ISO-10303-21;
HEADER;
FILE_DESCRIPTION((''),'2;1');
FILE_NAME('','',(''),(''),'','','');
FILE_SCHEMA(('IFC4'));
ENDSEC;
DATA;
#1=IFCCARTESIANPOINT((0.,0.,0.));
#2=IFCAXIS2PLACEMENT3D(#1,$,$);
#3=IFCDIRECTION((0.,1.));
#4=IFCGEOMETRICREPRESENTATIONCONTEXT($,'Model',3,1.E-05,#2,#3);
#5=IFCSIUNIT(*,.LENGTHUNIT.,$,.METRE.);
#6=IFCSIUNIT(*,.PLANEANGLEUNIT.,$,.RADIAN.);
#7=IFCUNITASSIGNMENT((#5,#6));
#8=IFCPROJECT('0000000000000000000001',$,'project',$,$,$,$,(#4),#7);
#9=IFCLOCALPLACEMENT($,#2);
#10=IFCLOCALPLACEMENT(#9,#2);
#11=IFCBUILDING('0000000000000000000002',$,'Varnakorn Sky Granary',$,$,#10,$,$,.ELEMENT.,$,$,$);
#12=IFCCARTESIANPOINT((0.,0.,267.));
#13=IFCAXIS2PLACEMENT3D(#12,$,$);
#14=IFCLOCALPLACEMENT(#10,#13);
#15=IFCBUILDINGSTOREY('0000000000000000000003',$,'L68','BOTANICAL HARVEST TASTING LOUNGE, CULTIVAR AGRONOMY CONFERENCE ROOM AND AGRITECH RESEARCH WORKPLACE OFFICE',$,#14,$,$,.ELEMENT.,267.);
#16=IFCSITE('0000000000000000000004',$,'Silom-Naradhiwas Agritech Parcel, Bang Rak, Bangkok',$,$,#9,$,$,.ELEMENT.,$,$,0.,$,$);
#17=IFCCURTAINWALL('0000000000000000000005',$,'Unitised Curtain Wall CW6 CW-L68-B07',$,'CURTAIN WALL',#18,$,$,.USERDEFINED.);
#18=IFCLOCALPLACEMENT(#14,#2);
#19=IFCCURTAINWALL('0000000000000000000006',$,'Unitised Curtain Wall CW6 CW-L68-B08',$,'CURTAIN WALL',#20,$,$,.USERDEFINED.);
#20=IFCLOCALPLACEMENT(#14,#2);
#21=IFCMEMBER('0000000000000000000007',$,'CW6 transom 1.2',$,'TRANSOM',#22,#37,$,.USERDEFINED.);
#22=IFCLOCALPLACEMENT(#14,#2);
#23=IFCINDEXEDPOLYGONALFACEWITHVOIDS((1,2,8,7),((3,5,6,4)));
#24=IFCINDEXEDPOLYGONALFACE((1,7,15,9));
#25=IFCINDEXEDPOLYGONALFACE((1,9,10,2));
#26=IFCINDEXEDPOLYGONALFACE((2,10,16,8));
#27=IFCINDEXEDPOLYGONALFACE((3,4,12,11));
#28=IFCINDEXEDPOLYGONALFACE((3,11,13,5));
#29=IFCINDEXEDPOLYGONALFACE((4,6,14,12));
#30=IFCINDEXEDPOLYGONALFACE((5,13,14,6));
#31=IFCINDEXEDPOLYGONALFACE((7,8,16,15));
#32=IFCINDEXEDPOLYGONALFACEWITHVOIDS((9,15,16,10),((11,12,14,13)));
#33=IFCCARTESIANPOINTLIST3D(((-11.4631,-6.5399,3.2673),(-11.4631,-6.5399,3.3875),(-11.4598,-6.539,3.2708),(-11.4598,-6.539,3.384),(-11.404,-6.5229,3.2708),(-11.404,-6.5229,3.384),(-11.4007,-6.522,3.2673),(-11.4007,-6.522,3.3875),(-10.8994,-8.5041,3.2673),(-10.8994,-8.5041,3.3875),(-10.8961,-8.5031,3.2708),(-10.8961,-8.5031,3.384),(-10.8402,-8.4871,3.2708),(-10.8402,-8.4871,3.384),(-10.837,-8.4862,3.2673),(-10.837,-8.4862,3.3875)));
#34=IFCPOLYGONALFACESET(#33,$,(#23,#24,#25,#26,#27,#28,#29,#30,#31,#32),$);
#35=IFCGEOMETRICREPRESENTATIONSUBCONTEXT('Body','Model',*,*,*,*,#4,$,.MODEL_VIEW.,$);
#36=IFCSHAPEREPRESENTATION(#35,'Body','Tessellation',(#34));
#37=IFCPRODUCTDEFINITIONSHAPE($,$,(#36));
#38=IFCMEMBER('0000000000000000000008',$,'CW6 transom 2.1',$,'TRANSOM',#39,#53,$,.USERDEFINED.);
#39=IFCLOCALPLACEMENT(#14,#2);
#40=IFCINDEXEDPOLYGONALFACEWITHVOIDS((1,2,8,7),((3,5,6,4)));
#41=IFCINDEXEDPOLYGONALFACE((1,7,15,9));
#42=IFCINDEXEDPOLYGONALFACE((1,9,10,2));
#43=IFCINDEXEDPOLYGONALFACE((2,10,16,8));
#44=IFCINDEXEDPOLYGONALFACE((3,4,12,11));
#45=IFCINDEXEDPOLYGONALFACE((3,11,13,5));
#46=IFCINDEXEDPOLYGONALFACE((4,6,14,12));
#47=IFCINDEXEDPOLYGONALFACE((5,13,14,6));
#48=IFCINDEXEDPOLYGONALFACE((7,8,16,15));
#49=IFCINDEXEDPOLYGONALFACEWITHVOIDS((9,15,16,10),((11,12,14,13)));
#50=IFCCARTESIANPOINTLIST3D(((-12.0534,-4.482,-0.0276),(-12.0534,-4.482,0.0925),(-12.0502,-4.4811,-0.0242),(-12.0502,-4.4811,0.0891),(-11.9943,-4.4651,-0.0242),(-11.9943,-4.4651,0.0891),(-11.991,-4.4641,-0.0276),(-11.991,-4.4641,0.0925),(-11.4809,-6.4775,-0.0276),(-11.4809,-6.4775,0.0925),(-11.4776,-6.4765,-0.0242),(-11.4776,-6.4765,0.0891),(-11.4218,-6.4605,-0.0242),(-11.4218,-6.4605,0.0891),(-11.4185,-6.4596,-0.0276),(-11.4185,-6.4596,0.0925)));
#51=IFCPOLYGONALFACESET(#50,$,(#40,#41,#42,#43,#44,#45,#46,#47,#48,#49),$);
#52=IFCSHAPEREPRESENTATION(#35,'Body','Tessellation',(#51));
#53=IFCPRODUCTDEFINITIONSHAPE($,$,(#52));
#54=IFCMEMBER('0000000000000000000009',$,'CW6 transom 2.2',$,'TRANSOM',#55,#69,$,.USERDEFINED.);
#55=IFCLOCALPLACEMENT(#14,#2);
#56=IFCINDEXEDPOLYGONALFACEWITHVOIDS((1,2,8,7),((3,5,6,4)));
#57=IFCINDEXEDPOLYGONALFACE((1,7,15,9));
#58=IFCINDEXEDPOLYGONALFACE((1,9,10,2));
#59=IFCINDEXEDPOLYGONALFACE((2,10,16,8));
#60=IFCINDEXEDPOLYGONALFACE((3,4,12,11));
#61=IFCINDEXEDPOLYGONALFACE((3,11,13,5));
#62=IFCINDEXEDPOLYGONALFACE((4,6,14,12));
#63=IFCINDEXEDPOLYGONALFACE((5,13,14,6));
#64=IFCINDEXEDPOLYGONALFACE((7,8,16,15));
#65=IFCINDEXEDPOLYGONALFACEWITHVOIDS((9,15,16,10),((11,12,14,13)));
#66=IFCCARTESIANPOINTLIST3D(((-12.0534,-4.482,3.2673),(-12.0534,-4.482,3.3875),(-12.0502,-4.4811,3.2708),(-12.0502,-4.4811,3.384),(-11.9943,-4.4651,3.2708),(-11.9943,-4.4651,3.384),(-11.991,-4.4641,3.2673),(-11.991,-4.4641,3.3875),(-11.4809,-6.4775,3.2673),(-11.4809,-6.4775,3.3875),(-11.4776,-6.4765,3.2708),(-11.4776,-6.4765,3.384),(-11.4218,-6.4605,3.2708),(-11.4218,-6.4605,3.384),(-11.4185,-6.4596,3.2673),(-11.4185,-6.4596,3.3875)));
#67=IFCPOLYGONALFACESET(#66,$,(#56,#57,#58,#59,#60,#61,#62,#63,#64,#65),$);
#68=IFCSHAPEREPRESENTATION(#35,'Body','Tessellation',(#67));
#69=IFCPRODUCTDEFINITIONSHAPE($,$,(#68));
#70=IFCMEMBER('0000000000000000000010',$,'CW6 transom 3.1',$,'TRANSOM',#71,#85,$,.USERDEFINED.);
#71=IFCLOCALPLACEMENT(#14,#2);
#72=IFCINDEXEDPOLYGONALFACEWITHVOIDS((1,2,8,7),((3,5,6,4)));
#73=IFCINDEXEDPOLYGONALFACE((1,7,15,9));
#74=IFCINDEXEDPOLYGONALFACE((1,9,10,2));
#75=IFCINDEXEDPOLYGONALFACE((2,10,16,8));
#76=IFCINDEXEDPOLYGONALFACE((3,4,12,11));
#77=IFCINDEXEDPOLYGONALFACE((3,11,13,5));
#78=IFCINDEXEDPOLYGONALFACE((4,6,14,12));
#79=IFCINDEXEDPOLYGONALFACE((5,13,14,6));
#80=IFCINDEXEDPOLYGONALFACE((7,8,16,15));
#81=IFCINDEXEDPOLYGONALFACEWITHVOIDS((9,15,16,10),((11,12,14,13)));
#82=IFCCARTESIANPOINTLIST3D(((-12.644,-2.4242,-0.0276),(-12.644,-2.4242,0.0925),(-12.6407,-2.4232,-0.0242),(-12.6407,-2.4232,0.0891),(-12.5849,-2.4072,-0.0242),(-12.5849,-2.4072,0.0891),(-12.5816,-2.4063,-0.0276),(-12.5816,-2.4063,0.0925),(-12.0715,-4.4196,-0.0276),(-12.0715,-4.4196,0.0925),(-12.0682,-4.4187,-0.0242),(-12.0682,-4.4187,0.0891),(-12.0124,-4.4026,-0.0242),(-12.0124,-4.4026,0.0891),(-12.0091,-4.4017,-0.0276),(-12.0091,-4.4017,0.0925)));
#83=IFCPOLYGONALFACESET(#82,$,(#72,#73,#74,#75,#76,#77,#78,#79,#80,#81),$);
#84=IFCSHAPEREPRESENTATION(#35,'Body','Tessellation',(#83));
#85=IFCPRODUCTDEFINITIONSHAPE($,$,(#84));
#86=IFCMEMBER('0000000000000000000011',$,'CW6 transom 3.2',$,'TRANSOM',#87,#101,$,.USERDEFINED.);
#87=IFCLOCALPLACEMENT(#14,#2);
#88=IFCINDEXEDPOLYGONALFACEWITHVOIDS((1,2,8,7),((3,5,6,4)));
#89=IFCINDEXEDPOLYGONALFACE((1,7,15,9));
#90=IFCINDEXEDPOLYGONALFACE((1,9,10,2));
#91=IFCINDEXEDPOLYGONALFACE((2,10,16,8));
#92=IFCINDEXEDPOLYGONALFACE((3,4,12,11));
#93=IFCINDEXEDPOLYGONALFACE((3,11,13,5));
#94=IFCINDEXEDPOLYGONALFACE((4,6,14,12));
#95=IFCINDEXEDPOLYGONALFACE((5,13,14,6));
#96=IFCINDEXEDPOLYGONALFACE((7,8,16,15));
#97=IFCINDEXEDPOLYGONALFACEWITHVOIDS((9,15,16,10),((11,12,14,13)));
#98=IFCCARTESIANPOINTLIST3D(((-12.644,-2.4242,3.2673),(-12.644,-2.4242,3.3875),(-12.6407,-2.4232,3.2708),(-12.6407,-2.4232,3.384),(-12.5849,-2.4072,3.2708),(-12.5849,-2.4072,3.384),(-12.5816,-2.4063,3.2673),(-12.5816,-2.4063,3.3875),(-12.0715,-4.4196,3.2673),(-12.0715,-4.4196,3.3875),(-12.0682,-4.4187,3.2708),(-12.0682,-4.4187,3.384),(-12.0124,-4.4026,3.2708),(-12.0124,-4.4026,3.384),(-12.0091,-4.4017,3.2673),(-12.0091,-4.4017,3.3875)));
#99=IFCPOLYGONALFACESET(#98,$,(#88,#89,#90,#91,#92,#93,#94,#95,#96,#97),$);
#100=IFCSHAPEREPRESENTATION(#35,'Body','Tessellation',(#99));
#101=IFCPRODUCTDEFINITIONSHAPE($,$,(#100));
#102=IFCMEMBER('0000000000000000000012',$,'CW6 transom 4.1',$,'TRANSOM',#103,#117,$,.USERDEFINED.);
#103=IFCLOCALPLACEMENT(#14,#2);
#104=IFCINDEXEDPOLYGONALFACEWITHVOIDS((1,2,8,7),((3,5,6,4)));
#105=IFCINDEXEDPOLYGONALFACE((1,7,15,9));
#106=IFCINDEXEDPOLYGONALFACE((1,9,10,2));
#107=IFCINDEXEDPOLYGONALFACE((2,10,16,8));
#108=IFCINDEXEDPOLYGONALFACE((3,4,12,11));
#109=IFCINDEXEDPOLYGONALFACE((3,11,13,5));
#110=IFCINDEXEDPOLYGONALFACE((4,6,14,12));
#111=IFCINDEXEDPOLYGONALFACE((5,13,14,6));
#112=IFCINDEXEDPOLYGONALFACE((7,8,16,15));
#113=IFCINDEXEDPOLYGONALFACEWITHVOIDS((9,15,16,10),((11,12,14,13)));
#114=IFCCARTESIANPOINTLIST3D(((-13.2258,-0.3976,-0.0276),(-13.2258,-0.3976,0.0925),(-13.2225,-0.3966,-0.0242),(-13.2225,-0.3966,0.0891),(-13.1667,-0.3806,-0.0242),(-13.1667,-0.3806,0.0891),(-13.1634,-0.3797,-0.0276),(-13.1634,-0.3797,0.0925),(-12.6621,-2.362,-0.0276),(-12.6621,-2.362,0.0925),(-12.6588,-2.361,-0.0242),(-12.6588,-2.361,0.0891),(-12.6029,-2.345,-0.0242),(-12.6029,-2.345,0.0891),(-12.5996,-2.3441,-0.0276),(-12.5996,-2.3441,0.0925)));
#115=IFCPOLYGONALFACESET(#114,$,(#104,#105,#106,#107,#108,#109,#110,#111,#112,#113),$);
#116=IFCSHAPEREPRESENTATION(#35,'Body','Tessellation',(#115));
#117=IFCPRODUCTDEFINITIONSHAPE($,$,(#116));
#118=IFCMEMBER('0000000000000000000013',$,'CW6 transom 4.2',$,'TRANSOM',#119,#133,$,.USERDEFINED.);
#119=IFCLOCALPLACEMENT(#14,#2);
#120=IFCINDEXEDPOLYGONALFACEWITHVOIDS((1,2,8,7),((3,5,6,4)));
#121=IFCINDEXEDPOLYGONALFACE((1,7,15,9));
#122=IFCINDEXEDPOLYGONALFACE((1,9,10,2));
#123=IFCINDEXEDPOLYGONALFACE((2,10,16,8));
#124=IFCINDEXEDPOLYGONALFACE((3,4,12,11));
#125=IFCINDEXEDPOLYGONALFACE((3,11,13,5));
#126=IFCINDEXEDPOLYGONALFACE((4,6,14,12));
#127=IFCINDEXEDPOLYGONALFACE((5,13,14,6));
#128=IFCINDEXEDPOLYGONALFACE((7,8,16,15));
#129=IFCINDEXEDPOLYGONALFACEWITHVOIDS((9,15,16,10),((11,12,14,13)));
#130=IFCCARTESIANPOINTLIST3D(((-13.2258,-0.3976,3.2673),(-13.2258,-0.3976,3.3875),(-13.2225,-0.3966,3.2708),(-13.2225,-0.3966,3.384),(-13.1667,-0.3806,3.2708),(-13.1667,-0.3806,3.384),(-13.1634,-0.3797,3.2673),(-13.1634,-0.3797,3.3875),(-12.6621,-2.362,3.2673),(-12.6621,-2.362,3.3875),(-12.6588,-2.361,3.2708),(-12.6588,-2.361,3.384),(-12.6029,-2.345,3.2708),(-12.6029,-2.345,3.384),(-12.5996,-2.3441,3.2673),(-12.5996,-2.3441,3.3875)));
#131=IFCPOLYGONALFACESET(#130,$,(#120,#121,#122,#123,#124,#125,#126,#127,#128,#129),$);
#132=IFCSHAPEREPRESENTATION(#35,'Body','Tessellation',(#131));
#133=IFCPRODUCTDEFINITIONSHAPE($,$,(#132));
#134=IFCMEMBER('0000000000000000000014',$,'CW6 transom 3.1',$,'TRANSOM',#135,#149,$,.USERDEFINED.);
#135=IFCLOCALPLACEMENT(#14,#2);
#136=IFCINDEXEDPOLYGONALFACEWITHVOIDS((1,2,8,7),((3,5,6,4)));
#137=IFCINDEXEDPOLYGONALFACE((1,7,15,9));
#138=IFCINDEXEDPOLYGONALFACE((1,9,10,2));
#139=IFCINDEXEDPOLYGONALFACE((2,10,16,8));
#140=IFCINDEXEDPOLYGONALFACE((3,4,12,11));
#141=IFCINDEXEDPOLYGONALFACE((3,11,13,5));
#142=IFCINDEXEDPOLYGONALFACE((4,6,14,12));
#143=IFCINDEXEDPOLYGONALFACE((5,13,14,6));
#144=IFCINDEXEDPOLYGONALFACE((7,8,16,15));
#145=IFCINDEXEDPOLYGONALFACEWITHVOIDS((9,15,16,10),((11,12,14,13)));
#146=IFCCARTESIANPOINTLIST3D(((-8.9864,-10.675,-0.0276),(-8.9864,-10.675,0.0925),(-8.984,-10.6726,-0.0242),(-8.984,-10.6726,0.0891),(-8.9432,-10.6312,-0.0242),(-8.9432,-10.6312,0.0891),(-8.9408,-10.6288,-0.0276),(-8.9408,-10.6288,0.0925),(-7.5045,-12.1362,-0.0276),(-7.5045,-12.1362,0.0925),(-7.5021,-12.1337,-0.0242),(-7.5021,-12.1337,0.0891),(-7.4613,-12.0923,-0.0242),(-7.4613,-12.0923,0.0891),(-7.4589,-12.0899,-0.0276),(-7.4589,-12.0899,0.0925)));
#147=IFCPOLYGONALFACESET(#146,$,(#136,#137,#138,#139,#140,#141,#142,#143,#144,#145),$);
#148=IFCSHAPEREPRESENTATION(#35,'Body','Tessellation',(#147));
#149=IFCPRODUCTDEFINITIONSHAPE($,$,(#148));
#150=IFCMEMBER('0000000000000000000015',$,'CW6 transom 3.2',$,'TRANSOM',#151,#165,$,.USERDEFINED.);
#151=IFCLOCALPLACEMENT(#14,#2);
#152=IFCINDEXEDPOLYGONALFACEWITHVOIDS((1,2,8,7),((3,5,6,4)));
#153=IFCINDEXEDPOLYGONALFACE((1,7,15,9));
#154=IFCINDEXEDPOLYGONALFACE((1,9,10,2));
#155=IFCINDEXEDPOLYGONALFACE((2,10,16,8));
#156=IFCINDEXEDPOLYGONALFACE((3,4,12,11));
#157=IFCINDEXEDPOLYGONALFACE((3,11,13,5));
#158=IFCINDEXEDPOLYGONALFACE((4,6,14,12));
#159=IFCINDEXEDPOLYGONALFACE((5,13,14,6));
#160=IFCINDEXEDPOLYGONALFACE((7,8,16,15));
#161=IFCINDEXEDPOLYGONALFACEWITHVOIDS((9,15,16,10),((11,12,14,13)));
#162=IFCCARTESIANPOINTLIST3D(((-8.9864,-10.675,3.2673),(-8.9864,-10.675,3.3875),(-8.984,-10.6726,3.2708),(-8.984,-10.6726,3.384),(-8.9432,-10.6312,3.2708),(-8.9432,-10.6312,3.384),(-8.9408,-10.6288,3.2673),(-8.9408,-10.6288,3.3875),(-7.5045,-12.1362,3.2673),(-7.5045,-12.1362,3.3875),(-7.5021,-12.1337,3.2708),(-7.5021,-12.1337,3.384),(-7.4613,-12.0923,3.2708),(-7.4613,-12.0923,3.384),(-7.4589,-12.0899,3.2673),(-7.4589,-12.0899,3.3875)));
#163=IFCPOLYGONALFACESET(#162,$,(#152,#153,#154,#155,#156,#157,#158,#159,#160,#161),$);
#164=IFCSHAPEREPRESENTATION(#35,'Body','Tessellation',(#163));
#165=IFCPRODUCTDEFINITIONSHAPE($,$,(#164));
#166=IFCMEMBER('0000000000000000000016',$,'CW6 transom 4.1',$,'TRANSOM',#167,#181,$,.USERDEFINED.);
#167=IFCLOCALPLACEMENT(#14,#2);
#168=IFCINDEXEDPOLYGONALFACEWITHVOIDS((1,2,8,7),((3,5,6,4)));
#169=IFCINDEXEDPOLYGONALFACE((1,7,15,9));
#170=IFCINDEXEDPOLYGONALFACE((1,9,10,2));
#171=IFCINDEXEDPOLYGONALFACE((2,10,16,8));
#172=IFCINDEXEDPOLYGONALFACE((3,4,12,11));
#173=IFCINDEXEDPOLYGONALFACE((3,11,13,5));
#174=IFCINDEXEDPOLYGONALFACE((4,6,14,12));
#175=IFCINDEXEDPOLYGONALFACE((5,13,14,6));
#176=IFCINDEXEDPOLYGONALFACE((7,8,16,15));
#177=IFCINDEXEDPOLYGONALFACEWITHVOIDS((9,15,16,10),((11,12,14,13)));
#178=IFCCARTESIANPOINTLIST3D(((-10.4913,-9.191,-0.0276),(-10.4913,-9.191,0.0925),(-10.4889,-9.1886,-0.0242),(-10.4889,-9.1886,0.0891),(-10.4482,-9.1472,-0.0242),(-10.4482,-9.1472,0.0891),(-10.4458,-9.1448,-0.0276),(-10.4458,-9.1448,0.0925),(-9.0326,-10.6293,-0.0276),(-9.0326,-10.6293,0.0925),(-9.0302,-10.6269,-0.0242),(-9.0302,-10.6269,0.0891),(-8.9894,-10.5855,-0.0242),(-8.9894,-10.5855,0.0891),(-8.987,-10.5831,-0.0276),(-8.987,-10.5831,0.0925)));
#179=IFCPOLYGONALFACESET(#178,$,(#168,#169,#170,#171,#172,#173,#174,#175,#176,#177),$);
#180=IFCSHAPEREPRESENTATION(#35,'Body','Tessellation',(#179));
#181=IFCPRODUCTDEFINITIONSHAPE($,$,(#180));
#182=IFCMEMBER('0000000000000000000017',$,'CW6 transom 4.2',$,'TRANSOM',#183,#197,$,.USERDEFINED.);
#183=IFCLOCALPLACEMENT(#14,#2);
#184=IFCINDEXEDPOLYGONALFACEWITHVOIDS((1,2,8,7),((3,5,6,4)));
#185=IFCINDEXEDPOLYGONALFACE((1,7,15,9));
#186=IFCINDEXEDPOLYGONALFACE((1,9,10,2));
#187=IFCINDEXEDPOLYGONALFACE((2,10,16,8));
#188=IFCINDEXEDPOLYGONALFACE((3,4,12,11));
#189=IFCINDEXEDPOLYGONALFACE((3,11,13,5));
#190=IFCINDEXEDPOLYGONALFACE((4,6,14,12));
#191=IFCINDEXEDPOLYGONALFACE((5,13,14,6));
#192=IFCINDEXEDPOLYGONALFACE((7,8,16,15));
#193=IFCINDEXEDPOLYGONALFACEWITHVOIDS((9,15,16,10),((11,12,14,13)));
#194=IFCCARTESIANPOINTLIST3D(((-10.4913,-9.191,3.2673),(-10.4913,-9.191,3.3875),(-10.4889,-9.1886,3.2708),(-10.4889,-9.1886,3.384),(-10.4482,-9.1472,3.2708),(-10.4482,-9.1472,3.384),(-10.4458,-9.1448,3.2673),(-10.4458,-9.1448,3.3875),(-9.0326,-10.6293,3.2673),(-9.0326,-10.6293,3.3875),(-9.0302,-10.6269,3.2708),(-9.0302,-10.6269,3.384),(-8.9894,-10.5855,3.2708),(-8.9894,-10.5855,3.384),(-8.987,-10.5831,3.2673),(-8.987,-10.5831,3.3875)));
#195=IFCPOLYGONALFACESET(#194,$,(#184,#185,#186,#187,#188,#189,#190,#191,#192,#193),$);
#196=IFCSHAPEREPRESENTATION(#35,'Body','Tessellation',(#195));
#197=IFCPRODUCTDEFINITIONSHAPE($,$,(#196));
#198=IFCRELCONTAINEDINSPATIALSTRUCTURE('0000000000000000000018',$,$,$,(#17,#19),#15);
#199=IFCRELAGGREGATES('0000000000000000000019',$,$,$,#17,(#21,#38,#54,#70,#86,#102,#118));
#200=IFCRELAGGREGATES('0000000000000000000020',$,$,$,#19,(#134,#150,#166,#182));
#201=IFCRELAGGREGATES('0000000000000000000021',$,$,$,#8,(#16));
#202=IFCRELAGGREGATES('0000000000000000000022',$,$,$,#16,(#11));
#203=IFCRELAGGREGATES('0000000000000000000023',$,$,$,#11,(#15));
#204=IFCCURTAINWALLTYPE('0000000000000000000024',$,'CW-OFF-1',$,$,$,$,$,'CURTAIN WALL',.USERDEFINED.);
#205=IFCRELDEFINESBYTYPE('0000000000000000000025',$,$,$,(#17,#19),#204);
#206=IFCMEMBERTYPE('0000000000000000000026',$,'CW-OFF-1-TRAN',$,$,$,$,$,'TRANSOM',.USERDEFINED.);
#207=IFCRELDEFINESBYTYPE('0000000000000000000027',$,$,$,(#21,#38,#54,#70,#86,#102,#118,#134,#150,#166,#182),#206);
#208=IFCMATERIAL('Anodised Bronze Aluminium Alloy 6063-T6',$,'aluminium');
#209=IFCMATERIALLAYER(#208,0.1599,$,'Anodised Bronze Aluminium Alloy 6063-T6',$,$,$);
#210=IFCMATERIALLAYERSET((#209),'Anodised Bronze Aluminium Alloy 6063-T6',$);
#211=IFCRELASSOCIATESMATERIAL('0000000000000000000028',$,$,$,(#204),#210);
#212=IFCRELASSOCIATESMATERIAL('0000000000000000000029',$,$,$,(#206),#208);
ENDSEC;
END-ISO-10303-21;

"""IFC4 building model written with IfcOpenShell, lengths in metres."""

from ifc_helpers import new_model, si_unit, direction, frame, origin, origin_2d, place, context, subcontext, project, spatial, hollow_rectangle, extrude, material, layer, layer_set, material_profile, profile_set, type_object, element, aggregate, save


model = new_model("IFC4")

# Units and contexts
model_context = context("Model", 3, precision=1e-05, world=origin(), true_north=direction((0.0, 1.0)))
body_context = subcontext(model_context, "Body", "Model", "MODEL_VIEW")
ifc_project = project(units=[si_unit("LENGTHUNIT", "METRE"), si_unit("PLANEANGLEUNIT", "RADIAN")], contexts=[model_context])

# Site, building, storey
site_placement = place(None, origin())
site = spatial("IfcSite", under=ifc_project, at=site_placement, Name="Silom-Naradhiwas Agritech Parcel, Bang Rak, Bangkok", CompositionType="ELEMENT", RefElevation=0.0)
building_placement = place(site_placement, origin())
building = spatial("IfcBuilding", under=site, at=building_placement, Name="Varnakorn Sky Granary", CompositionType="ELEMENT")
storey_placement = place(building_placement, frame((0.0, 0.0, 267.0)))
storey = spatial("IfcBuildingStorey", under=building, at=storey_placement, Name="L68", Description="BOTANICAL HARVEST TASTING LOUNGE, CULTIVAR AGRONOMY CONFERENCE ROOM AND AGRITECH RESEARCH WORKPLACE OFFICE", CompositionType="ELEMENT", Elevation=267.0)

# Curtain walls
ifc_material_1 = material(Name="Anodised Bronze Aluminium Alloy 6063-T6", Category="aluminium")
ifc_layer_1 = layer(ifc_material_1, 0.1599, Name="Anodised Bronze Aluminium Alloy 6063-T6")
ifc_layer_set_1 = layer_set([ifc_layer_1], Name="Anodised Bronze Aluminium Alloy 6063-T6")
curtain_wall_type = type_object("IfcCurtainWallType", Name="CW-OFF-1", ElementType="CURTAIN WALL", PredefinedType="USERDEFINED", material=ifc_layer_set_1)
curtain_wall_1_placement = place(storey_placement, origin())
curtain_wall_1 = element("IfcCurtainWall", 1, at=curtain_wall_1_placement, inside=storey, type_object=curtain_wall_type, Name="Unitised Curtain Wall CW6 CW-L68-B07", ObjectType="CURTAIN WALL", PredefinedType="USERDEFINED")
curtain_wall_2_placement = place(storey_placement, origin())
curtain_wall_2 = element("IfcCurtainWall", 2, at=curtain_wall_2_placement, inside=storey, type_object=curtain_wall_type, Name="Unitised Curtain Wall CW6 CW-L68-B08", ObjectType="CURTAIN WALL", PredefinedType="USERDEFINED")

# Members
ifc_material_profile_1 = material_profile(ifc_material_1, hollow_rectangle(XDim=0.0649, YDim=0.1201, WallThickness=0.0034, at=origin_2d()), Name="ALU TRAN 65x120")
ifc_profile_set_1 = profile_set([ifc_material_profile_1], Name="Anodised Bronze Aluminium Alloy 6063-T6")
member_type_1 = type_object("IfcMemberType", Name="CW-OFF-1-TRAN", ElementType="TRANSOM", PredefinedType="USERDEFINED", material=ifc_profile_set_1)
member_1_placement = place(storey_placement, frame((-10.8682, -8.4951, 3.3274), z_axis=(-0.275873, 0.961194, 0.0), x_axis=(-0.961194, -0.275873, 0.0)))
member_1 = element("IfcMember", 3, at=member_1_placement, type_object=member_type_1, Name="CW6 transom 1.2", ObjectType="TRANSOM", PredefinedType="USERDEFINED", context=body_context, shape_type="SweptSolid", body=[
    extrude(hollow_rectangle(XDim=0.0649, YDim=0.1201, WallThickness=0.0034, at=origin_2d()), origin(), (0.0, 0.0, 1.0), 2.0435),
])
member_2_placement = place(storey_placement, frame((-11.4497, -6.4685, 0.0325), z_axis=(-0.275793, 0.961217, 0.0), x_axis=(-0.961217, -0.275793, 0.0)))
member_2 = element("IfcMember", 4, at=member_2_placement, type_object=member_type_1, Name="CW6 transom 2.1", ObjectType="TRANSOM", PredefinedType="USERDEFINED", context=body_context, shape_type="SweptSolid", body=[
    extrude(hollow_rectangle(XDim=0.0649, YDim=0.1201, WallThickness=0.0034, at=origin_2d()), origin(), (0.0, 0.0, 1.0), 2.0759),
])
member_3_placement = place(storey_placement, frame((-11.4497, -6.4685, 3.3274), z_axis=(-0.275793, 0.961217, 0.0), x_axis=(-0.961217, -0.275793, 0.0)))
member_3 = element("IfcMember", 5, at=member_3_placement, type_object=member_type_1, Name="CW6 transom 2.2", ObjectType="TRANSOM", PredefinedType="USERDEFINED", context=body_context, shape_type="SweptSolid", body=[
    extrude(hollow_rectangle(XDim=0.0649, YDim=0.1201, WallThickness=0.0034, at=origin_2d()), origin(), (0.0, 0.0, 1.0), 2.0759),
])
member_4_placement = place(storey_placement, frame((-12.0403, -4.4106, 0.0325), z_axis=(-0.275793, 0.961217, 0.0), x_axis=(-0.961217, -0.275793, 0.0)))
member_4 = element("IfcMember", 6, at=member_4_placement, type_object=member_type_1, Name="CW6 transom 3.1", ObjectType="TRANSOM", PredefinedType="USERDEFINED", context=body_context, shape_type="SweptSolid", body=[
    extrude(hollow_rectangle(XDim=0.0649, YDim=0.1201, WallThickness=0.0034, at=origin_2d()), origin(), (0.0, 0.0, 1.0), 2.0759),
])
member_5_placement = place(storey_placement, frame((-12.0403, -4.4106, 3.3274), z_axis=(-0.275793, 0.961217, 0.0), x_axis=(-0.961217, -0.275793, 0.0)))
member_5 = element("IfcMember", 7, at=member_5_placement, type_object=member_type_1, Name="CW6 transom 3.2", ObjectType="TRANSOM", PredefinedType="USERDEFINED", context=body_context, shape_type="SweptSolid", body=[
    extrude(hollow_rectangle(XDim=0.0649, YDim=0.1201, WallThickness=0.0034, at=origin_2d()), origin(), (0.0, 0.0, 1.0), 2.0759),
])
member_6_placement = place(storey_placement, frame((-12.6309, -2.353, 0.0325), z_axis=(-0.275841, 0.961203, 0.0), x_axis=(-0.961203, -0.275841, 0.0)))
member_6 = element("IfcMember", 8, at=member_6_placement, type_object=member_type_1, Name="CW6 transom 4.1", ObjectType="TRANSOM", PredefinedType="USERDEFINED", context=body_context, shape_type="SweptSolid", body=[
    extrude(hollow_rectangle(XDim=0.0649, YDim=0.1201, WallThickness=0.0034, at=origin_2d()), origin(), (0.0, 0.0, 1.0), 2.0437),
])
member_7_placement = place(storey_placement, frame((-12.6309, -2.353, 3.3274), z_axis=(-0.275841, 0.961203, 0.0), x_axis=(-0.961203, -0.275841, 0.0)))
member_7 = element("IfcMember", 9, at=member_7_placement, type_object=member_type_1, Name="CW6 transom 4.2", ObjectType="TRANSOM", PredefinedType="USERDEFINED", context=body_context, shape_type="SweptSolid", body=[
    extrude(hollow_rectangle(XDim=0.0649, YDim=0.1201, WallThickness=0.0034, at=origin_2d()), origin(), (0.0, 0.0, 1.0), 2.0437),
])
member_8_placement = place(storey_placement, frame((-7.4817, -12.113, 0.0325), z_axis=(-0.712075, 0.702104, 0.0), x_axis=(-0.702104, -0.712075, 0.0)))
member_8 = element("IfcMember", 10, at=member_8_placement, type_object=member_type_1, Name="CW6 transom 3.1", ObjectType="TRANSOM", PredefinedType="USERDEFINED", context=body_context, shape_type="SweptSolid", body=[
    extrude(hollow_rectangle(XDim=0.0649, YDim=0.1201, WallThickness=0.0034, at=origin_2d()), origin(), (0.0, 0.0, 1.0), 2.0811),
])
member_9_placement = place(storey_placement, frame((-7.4817, -12.113, 3.3274), z_axis=(-0.712075, 0.702104, 0.0), x_axis=(-0.702104, -0.712075, 0.0)))
member_9 = element("IfcMember", 11, at=member_9_placement, type_object=member_type_1, Name="CW6 transom 3.2", ObjectType="TRANSOM", PredefinedType="USERDEFINED", context=body_context, shape_type="SweptSolid", body=[
    extrude(hollow_rectangle(XDim=0.0649, YDim=0.1201, WallThickness=0.0034, at=origin_2d()), origin(), (0.0, 0.0, 1.0), 2.0811),
])
member_10_placement = place(storey_placement, frame((-9.0098, -10.6062, 0.0325), z_axis=(-0.712095, 0.702084, 0.0), x_axis=(-0.702084, -0.712095, 0.0)))
member_10 = element("IfcMember", 12, at=member_10_placement, type_object=member_type_1, Name="CW6 transom 4.1", ObjectType="TRANSOM", PredefinedType="USERDEFINED", context=body_context, shape_type="SweptSolid", body=[
    extrude(hollow_rectangle(XDim=0.0649, YDim=0.1201, WallThickness=0.0034, at=origin_2d()), origin(), (0.0, 0.0, 1.0), 2.0486),
])
member_11_placement = place(storey_placement, frame((-9.0098, -10.6062, 3.3274), z_axis=(-0.712095, 0.702084, 0.0), x_axis=(-0.702084, -0.712095, 0.0)))
member_11 = element("IfcMember", 13, at=member_11_placement, type_object=member_type_1, Name="CW6 transom 4.2", ObjectType="TRANSOM", PredefinedType="USERDEFINED", context=body_context, shape_type="SweptSolid", body=[
    extrude(hollow_rectangle(XDim=0.0649, YDim=0.1201, WallThickness=0.0034, at=origin_2d()), origin(), (0.0, 0.0, 1.0), 2.0486),
])

aggregate(curtain_wall_1, [member_1, member_2, member_3, member_4, member_5, member_6, member_7])
aggregate(curtain_wall_2, [member_8, member_9, member_10, member_11])

save(model, "model.ifc")
